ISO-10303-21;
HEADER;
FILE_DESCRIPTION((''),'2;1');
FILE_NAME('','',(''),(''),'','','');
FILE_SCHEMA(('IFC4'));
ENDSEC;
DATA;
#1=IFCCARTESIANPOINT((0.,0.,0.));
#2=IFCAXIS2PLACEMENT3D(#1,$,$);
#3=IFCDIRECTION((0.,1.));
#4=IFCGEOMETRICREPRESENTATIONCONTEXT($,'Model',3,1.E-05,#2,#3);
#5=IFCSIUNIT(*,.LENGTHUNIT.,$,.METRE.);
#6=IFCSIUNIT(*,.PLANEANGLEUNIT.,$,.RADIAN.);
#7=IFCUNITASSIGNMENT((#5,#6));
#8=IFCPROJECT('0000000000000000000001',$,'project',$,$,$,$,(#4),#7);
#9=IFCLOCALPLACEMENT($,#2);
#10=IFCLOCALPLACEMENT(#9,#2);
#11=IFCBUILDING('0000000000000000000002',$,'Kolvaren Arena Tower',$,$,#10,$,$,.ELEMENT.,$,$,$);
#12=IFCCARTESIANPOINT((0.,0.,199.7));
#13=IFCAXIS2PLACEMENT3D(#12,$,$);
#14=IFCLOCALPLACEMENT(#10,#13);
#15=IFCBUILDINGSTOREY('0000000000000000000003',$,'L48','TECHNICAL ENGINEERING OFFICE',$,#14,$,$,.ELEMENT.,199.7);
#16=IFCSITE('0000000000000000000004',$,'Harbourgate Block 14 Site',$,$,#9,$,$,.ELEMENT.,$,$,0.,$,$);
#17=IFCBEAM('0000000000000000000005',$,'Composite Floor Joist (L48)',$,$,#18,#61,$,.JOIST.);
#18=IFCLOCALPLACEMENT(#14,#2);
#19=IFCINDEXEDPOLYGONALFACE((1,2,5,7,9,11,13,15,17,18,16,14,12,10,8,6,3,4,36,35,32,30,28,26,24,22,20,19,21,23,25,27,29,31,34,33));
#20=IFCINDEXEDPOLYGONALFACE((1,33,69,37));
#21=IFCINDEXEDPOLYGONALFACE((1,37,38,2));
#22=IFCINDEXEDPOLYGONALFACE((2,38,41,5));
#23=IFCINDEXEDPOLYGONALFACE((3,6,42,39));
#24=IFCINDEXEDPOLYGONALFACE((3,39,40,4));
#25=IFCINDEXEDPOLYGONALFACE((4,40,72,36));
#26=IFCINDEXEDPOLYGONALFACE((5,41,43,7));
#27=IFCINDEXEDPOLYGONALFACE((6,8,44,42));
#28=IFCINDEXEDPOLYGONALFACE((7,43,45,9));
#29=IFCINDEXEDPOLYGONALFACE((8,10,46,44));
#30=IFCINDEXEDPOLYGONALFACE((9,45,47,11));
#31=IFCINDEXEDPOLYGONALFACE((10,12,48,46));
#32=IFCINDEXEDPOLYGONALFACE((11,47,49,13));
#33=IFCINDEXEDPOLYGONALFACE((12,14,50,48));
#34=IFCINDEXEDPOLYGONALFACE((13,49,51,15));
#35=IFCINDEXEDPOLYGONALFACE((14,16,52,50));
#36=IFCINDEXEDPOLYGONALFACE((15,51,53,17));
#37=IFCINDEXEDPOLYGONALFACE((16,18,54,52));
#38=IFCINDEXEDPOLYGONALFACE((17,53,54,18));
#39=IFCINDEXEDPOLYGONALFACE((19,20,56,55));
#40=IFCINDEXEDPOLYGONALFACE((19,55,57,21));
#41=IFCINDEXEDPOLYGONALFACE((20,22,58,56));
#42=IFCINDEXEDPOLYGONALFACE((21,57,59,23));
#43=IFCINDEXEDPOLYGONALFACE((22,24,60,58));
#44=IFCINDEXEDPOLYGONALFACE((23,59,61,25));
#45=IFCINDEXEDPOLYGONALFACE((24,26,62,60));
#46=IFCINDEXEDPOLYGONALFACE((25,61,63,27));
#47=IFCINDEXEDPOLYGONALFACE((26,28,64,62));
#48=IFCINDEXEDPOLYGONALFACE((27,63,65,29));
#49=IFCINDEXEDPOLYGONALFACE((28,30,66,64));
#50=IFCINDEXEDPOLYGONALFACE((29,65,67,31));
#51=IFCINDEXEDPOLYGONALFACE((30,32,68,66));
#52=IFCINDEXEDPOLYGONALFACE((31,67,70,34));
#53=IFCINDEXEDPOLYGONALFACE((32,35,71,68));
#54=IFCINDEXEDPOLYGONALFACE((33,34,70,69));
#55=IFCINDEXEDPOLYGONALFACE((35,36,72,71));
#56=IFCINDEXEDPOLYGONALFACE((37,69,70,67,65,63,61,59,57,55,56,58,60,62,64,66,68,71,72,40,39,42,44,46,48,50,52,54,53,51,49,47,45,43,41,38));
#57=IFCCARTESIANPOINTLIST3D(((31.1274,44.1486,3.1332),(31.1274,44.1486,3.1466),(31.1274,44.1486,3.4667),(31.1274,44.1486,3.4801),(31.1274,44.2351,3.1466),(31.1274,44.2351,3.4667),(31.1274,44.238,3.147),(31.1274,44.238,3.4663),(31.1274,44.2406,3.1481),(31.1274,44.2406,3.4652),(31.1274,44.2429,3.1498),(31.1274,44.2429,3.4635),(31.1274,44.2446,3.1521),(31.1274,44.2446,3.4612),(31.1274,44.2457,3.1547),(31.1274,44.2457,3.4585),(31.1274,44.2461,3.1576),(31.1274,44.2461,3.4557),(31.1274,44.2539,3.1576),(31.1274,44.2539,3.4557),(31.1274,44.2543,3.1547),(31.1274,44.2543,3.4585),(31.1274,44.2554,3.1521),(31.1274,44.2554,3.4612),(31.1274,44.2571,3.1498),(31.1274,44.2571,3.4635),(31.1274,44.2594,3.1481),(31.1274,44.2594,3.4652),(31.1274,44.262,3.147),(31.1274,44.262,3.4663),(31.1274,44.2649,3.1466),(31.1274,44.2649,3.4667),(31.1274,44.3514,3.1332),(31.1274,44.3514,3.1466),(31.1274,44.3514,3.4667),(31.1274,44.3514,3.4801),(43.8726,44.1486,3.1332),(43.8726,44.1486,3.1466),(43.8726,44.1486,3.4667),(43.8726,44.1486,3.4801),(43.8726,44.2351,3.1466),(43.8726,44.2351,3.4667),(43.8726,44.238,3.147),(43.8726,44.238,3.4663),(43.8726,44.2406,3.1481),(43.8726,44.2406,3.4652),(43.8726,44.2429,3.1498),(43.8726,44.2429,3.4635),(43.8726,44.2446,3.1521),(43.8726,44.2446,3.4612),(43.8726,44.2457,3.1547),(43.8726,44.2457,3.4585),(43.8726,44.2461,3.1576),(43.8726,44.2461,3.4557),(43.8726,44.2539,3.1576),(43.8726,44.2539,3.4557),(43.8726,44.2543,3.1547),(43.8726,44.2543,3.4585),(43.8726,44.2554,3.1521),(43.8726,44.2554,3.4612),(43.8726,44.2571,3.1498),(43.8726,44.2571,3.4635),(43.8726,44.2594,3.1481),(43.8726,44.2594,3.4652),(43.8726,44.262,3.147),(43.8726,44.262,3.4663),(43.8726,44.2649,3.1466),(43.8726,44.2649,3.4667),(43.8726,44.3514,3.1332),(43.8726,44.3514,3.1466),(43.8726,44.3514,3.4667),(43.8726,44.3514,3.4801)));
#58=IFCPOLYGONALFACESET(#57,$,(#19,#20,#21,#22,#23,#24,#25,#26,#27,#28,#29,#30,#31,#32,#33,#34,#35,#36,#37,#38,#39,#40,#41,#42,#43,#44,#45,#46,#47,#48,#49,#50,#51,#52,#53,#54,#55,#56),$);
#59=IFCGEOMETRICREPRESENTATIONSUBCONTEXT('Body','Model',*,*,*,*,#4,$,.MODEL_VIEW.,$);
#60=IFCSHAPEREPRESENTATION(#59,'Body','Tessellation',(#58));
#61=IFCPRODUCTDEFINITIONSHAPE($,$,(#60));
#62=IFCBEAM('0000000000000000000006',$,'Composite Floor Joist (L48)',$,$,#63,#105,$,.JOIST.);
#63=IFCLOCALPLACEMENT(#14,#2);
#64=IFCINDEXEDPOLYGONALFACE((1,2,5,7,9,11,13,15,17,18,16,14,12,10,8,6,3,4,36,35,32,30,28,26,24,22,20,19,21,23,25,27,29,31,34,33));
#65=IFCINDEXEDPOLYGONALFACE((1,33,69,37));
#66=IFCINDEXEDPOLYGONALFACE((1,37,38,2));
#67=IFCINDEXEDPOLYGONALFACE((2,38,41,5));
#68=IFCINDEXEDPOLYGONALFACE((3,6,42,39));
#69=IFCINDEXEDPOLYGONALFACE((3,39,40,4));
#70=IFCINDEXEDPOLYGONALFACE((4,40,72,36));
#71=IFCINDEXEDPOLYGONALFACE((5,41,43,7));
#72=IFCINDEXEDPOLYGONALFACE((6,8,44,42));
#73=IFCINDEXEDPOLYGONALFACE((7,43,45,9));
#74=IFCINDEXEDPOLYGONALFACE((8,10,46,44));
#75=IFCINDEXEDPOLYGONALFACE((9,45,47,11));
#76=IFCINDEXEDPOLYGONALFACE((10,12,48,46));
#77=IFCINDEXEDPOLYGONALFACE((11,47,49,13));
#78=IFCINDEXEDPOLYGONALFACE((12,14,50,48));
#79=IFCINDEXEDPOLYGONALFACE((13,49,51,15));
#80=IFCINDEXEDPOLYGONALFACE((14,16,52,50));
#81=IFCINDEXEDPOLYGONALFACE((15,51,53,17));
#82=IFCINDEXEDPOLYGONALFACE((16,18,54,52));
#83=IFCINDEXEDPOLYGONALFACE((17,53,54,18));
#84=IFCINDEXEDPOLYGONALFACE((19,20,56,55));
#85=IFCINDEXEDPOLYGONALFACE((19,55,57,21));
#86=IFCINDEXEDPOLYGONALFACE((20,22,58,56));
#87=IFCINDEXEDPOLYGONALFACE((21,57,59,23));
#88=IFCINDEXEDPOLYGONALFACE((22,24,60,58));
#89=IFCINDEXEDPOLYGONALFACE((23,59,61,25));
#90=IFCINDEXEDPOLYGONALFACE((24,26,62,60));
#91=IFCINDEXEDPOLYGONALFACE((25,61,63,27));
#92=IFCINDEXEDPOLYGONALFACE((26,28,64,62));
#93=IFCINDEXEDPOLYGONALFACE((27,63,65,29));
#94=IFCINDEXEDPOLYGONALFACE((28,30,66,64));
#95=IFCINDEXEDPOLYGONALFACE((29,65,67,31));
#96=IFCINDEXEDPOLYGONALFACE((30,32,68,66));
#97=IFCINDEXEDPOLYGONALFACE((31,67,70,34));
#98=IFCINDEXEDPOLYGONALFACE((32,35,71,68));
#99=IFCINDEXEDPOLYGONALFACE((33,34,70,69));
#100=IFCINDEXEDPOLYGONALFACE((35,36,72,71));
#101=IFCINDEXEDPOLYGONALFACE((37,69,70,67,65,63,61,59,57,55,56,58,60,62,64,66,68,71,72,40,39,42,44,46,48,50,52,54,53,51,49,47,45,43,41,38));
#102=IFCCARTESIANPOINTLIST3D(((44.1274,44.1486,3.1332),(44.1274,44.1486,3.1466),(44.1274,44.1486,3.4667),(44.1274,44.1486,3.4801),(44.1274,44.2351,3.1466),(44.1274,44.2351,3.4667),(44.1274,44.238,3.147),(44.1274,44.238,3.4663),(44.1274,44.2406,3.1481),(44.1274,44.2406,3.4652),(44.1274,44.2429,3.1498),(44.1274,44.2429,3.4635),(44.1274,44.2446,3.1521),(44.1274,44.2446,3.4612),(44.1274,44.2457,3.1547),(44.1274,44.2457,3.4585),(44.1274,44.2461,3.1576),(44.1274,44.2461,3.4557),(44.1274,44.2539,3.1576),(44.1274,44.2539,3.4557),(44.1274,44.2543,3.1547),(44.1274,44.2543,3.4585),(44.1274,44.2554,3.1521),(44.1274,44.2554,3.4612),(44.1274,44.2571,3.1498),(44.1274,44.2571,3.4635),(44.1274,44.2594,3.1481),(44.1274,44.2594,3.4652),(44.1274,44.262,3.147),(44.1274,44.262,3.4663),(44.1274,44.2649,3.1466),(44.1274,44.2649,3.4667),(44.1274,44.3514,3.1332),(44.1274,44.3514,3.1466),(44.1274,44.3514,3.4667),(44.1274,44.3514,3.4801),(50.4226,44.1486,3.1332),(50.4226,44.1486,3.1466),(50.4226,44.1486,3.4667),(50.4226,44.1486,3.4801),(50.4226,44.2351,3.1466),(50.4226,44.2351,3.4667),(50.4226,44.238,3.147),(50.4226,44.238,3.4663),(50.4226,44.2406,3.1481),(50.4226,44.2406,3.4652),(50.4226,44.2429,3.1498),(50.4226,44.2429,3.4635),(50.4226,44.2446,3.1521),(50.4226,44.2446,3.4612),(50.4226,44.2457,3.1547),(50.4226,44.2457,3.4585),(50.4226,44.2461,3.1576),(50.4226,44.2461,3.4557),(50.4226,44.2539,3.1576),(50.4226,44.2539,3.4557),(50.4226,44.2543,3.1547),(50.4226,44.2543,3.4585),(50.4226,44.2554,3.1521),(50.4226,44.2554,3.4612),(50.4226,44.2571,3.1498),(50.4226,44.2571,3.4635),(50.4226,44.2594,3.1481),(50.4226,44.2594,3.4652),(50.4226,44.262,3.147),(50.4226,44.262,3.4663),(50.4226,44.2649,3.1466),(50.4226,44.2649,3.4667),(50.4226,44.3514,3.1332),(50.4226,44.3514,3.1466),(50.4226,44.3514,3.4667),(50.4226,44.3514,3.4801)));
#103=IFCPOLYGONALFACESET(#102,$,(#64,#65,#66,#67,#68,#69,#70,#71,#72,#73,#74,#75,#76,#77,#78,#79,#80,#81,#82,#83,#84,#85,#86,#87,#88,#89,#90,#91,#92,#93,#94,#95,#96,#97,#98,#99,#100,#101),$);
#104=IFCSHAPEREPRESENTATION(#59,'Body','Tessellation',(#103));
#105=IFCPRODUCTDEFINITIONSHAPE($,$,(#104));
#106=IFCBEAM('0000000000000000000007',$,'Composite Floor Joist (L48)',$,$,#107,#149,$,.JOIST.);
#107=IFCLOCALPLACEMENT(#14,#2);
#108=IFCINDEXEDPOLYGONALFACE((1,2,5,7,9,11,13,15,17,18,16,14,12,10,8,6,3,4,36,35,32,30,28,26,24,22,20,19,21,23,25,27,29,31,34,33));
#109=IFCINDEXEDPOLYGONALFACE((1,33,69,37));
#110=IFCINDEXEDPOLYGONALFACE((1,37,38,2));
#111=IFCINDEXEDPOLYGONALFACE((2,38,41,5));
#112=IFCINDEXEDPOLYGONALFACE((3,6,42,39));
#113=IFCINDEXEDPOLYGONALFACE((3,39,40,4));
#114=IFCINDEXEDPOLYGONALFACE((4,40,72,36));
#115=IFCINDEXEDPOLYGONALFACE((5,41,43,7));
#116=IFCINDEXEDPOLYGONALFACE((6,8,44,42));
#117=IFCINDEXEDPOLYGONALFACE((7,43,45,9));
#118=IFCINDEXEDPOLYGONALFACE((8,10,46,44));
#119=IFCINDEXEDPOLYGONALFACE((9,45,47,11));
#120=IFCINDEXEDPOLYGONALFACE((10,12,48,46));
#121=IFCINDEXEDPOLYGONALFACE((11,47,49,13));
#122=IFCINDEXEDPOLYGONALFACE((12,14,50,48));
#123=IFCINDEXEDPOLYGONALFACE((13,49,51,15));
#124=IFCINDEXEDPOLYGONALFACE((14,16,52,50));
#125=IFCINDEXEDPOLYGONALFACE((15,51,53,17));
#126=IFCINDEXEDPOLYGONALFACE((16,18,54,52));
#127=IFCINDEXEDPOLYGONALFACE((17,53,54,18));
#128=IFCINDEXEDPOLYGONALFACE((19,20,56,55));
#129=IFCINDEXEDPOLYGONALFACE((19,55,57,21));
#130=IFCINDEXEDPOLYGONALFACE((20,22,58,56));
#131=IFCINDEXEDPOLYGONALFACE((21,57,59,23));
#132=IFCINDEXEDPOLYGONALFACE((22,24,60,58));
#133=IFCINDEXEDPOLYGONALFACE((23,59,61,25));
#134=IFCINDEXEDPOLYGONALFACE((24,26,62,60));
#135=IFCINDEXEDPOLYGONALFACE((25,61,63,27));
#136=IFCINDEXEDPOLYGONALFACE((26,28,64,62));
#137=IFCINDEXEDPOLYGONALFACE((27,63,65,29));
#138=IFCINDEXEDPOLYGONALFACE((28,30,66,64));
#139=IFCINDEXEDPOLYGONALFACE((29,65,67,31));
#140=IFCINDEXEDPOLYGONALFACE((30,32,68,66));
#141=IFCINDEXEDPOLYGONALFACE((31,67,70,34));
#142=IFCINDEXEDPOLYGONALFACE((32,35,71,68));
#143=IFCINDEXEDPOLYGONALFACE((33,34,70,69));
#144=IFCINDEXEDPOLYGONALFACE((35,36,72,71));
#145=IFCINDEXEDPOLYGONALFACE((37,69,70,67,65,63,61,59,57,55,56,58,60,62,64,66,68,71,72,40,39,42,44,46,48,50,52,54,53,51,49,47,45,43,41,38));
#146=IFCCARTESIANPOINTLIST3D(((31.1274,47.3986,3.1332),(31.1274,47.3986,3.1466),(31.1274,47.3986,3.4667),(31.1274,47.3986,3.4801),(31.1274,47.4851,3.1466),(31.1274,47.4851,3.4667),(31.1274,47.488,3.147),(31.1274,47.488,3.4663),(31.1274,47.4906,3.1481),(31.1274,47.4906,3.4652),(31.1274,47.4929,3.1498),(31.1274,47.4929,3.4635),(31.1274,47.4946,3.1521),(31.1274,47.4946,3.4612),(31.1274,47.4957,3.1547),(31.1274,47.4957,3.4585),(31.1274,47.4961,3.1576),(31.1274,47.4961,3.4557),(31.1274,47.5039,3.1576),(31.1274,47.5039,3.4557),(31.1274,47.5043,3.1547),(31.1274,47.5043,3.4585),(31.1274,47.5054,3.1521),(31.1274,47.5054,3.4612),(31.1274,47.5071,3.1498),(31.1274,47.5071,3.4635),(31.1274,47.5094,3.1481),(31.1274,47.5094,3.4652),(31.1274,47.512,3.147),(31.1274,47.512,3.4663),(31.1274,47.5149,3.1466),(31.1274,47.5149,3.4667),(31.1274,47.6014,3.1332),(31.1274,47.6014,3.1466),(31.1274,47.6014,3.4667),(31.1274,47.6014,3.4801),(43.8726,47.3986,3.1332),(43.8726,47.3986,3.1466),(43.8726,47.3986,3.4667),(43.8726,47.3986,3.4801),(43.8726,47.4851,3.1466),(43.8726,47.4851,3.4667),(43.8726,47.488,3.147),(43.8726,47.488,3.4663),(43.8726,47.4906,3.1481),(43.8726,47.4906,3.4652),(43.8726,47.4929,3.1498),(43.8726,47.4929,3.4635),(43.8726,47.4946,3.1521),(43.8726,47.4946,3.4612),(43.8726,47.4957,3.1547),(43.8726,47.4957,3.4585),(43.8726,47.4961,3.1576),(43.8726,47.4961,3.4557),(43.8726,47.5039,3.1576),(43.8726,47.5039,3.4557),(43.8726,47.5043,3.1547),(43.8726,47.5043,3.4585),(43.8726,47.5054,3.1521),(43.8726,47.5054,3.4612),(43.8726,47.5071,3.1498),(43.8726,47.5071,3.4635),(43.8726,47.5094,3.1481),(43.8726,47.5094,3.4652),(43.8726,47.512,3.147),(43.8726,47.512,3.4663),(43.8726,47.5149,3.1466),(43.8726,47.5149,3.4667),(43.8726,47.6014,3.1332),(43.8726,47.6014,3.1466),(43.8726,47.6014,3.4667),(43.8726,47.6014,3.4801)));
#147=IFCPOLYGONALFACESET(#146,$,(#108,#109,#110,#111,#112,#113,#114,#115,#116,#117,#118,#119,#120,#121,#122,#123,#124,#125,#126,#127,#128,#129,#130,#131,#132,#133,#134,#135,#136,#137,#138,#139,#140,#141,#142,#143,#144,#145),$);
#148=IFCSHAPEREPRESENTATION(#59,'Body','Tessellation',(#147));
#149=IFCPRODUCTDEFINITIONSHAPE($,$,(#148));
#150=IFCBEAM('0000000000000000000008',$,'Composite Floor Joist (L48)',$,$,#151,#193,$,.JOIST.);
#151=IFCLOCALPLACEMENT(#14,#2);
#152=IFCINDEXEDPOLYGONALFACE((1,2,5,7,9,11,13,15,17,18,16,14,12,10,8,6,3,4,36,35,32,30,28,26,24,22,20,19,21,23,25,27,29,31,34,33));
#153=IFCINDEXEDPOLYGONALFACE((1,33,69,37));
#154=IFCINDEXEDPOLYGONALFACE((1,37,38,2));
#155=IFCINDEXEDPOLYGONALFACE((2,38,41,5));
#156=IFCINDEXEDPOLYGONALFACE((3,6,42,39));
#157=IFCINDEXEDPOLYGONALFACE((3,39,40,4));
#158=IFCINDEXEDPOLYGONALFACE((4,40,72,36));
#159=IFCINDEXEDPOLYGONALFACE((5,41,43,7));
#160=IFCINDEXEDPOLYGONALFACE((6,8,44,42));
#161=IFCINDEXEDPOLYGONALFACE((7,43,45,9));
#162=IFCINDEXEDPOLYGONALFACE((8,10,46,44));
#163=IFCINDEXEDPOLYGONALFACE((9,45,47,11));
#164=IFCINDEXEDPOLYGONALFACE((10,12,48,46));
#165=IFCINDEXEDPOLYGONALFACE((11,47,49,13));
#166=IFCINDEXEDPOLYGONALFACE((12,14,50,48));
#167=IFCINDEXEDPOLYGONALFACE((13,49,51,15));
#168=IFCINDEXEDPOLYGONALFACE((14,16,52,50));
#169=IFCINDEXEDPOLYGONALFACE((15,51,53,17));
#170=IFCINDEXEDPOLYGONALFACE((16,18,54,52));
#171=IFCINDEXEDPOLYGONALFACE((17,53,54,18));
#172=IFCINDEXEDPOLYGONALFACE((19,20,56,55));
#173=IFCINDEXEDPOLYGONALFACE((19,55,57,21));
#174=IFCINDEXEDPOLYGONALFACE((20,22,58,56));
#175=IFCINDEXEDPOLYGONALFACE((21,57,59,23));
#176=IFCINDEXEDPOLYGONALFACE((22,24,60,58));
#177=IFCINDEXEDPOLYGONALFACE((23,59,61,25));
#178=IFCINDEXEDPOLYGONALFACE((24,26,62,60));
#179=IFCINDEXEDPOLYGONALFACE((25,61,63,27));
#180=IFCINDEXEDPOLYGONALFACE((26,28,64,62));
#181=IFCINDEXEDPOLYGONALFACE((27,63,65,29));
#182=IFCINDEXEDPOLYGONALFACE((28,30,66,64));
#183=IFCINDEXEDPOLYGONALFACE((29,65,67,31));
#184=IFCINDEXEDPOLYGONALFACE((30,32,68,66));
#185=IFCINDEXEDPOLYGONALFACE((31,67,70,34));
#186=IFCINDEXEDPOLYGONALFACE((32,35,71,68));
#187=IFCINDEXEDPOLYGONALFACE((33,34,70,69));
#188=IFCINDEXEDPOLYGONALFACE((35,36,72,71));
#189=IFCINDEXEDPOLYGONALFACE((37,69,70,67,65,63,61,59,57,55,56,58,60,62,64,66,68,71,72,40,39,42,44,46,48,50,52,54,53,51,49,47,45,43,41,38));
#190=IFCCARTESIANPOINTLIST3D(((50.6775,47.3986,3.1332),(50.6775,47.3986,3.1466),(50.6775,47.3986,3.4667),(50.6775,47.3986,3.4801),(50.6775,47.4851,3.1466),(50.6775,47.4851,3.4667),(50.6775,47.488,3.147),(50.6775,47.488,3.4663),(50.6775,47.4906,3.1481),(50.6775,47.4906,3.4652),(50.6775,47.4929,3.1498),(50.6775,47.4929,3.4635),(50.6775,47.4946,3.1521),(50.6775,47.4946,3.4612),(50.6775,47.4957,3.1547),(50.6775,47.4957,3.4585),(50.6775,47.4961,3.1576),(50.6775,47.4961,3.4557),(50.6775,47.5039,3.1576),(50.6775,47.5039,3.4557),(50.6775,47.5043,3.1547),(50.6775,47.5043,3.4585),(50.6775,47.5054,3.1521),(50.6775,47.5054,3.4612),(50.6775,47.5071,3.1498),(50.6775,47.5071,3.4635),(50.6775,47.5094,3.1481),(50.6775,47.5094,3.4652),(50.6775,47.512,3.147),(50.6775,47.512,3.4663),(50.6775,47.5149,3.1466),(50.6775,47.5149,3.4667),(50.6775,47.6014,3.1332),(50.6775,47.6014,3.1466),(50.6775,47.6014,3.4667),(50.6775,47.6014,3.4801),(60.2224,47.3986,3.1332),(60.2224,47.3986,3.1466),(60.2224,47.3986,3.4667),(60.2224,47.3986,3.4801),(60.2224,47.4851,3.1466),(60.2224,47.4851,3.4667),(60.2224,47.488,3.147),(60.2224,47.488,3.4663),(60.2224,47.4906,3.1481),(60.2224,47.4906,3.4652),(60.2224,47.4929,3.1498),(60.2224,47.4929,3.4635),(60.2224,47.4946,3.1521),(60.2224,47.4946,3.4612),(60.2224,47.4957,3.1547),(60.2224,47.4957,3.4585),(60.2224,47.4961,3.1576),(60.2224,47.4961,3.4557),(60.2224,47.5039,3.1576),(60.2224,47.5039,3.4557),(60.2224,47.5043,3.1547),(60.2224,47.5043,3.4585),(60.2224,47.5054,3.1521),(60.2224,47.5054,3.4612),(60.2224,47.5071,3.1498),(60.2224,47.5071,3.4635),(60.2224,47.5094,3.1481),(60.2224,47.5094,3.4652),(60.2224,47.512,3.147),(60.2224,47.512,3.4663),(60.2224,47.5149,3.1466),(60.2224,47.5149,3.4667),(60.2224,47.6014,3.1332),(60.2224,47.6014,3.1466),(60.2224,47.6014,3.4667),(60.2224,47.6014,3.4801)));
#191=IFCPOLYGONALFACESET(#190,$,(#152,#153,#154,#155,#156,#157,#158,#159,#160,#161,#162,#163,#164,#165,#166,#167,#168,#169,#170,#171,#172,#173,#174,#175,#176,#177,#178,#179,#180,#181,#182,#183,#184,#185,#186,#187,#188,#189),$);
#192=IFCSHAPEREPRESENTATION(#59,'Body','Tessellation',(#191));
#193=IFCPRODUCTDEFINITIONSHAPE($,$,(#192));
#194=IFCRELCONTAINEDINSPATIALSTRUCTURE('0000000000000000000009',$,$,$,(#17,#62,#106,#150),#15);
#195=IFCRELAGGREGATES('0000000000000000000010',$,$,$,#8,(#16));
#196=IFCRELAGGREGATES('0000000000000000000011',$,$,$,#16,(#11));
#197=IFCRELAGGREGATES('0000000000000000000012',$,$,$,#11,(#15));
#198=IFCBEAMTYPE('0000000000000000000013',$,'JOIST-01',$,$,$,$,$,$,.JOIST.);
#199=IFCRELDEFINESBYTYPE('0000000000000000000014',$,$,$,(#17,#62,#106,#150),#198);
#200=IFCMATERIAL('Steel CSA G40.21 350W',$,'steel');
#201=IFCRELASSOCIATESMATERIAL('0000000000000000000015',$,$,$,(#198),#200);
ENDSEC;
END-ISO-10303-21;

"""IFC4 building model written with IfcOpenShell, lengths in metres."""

from ifc_helpers import new_model, si_unit, direction, frame, origin, origin_2d, place, context, subcontext, project, spatial, i_section, extrude, material, material_profile, profile_set, type_object, element, save


model = new_model("IFC4")

# Units and contexts
model_context = context("Model", 3, precision=1e-05, world=origin(), true_north=direction((0.0, 1.0)))
body_context = subcontext(model_context, "Body", "Model", "MODEL_VIEW")
ifc_project = project(units=[si_unit("LENGTHUNIT", "METRE"), si_unit("PLANEANGLEUNIT", "RADIAN")], contexts=[model_context])

# Site, building, storey
site_placement = place(None, origin())
site = spatial("IfcSite", under=ifc_project, at=site_placement, Name="Harbourgate Block 14 Site", CompositionType="ELEMENT", RefElevation=0.0)
building_placement = place(site_placement, origin())
building = spatial("IfcBuilding", under=site, at=building_placement, Name="Kolvaren Arena Tower", CompositionType="ELEMENT")
storey_placement = place(building_placement, frame((0.0, 0.0, 199.7)))
storey = spatial("IfcBuildingStorey", under=building, at=storey_placement, Name="L48", Description="TECHNICAL ENGINEERING OFFICE", CompositionType="ELEMENT", Elevation=199.7)

# Beams
ifc_material_1 = material(Name="Steel CSA G40.21 350W", Category="steel")
ifc_material_profile_1 = material_profile(ifc_material_1, i_section(OverallWidth=0.2029, OverallDepth=0.3469, WebThickness=0.0078, FlangeThickness=0.0134, FilletRadius=0.011, at=origin_2d()), Name="W360x64")
ifc_profile_set_1 = profile_set([ifc_material_profile_1], Name="Steel CSA G40.21 350W")
beam_type_1 = type_object("IfcBeamType", Name="JOIST-01", PredefinedType="JOIST", material=ifc_profile_set_1)
beam_1_placement = place(storey_placement, frame((31.1274, 44.25, 3.3066), z_axis=(1.0, 0.0, 0.0), x_axis=(0.0, 1.0, 0.0)))
element("IfcBeam", 1, at=beam_1_placement, inside=storey, type_object=beam_type_1, Name="Composite Floor Joist (L48)", PredefinedType="JOIST", context=body_context, shape_type="SweptSolid", body=[
    extrude(i_section(OverallWidth=0.2029, OverallDepth=0.3469, WebThickness=0.0078, FlangeThickness=0.0134, FilletRadius=0.011, at=origin_2d()), origin(), (0.0, 0.0, 1.0), 12.7451),
])
beam_2_placement = place(storey_placement, frame((44.1274, 44.25, 3.3066), z_axis=(1.0, 0.0, 0.0), x_axis=(0.0, 1.0, 0.0)))
element("IfcBeam", 2, at=beam_2_placement, inside=storey, type_object=beam_type_1, Name="Composite Floor Joist (L48)", PredefinedType="JOIST", context=body_context, shape_type="SweptSolid", body=[
    extrude(i_section(OverallWidth=0.2029, OverallDepth=0.3469, WebThickness=0.0078, FlangeThickness=0.0134, FilletRadius=0.011, at=origin_2d()), origin(), (0.0, 0.0, 1.0), 6.2952),
])
beam_3_placement = place(storey_placement, frame((31.1274, 47.5, 3.3066), z_axis=(1.0, 0.0, 0.0), x_axis=(0.0, 1.0, 0.0)))
element("IfcBeam", 3, at=beam_3_placement, inside=storey, type_object=beam_type_1, Name="Composite Floor Joist (L48)", PredefinedType="JOIST", context=body_context, shape_type="SweptSolid", body=[
    extrude(i_section(OverallWidth=0.2029, OverallDepth=0.3469, WebThickness=0.0078, FlangeThickness=0.0134, FilletRadius=0.011, at=origin_2d()), origin(), (0.0, 0.0, 1.0), 12.7451),
])
beam_4_placement = place(storey_placement, frame((50.6775, 47.5, 3.3066), z_axis=(1.0, 0.0, 0.0), x_axis=(0.0, 1.0, 0.0)))
element("IfcBeam", 4, at=beam_4_placement, inside=storey, type_object=beam_type_1, Name="Composite Floor Joist (L48)", PredefinedType="JOIST", context=body_context, shape_type="SweptSolid", body=[
    extrude(i_section(OverallWidth=0.2029, OverallDepth=0.3469, WebThickness=0.0078, FlangeThickness=0.0134, FilletRadius=0.011, at=origin_2d()), origin(), (0.0, 0.0, 1.0), 9.5449),
])

save(model, "model.ifc")
